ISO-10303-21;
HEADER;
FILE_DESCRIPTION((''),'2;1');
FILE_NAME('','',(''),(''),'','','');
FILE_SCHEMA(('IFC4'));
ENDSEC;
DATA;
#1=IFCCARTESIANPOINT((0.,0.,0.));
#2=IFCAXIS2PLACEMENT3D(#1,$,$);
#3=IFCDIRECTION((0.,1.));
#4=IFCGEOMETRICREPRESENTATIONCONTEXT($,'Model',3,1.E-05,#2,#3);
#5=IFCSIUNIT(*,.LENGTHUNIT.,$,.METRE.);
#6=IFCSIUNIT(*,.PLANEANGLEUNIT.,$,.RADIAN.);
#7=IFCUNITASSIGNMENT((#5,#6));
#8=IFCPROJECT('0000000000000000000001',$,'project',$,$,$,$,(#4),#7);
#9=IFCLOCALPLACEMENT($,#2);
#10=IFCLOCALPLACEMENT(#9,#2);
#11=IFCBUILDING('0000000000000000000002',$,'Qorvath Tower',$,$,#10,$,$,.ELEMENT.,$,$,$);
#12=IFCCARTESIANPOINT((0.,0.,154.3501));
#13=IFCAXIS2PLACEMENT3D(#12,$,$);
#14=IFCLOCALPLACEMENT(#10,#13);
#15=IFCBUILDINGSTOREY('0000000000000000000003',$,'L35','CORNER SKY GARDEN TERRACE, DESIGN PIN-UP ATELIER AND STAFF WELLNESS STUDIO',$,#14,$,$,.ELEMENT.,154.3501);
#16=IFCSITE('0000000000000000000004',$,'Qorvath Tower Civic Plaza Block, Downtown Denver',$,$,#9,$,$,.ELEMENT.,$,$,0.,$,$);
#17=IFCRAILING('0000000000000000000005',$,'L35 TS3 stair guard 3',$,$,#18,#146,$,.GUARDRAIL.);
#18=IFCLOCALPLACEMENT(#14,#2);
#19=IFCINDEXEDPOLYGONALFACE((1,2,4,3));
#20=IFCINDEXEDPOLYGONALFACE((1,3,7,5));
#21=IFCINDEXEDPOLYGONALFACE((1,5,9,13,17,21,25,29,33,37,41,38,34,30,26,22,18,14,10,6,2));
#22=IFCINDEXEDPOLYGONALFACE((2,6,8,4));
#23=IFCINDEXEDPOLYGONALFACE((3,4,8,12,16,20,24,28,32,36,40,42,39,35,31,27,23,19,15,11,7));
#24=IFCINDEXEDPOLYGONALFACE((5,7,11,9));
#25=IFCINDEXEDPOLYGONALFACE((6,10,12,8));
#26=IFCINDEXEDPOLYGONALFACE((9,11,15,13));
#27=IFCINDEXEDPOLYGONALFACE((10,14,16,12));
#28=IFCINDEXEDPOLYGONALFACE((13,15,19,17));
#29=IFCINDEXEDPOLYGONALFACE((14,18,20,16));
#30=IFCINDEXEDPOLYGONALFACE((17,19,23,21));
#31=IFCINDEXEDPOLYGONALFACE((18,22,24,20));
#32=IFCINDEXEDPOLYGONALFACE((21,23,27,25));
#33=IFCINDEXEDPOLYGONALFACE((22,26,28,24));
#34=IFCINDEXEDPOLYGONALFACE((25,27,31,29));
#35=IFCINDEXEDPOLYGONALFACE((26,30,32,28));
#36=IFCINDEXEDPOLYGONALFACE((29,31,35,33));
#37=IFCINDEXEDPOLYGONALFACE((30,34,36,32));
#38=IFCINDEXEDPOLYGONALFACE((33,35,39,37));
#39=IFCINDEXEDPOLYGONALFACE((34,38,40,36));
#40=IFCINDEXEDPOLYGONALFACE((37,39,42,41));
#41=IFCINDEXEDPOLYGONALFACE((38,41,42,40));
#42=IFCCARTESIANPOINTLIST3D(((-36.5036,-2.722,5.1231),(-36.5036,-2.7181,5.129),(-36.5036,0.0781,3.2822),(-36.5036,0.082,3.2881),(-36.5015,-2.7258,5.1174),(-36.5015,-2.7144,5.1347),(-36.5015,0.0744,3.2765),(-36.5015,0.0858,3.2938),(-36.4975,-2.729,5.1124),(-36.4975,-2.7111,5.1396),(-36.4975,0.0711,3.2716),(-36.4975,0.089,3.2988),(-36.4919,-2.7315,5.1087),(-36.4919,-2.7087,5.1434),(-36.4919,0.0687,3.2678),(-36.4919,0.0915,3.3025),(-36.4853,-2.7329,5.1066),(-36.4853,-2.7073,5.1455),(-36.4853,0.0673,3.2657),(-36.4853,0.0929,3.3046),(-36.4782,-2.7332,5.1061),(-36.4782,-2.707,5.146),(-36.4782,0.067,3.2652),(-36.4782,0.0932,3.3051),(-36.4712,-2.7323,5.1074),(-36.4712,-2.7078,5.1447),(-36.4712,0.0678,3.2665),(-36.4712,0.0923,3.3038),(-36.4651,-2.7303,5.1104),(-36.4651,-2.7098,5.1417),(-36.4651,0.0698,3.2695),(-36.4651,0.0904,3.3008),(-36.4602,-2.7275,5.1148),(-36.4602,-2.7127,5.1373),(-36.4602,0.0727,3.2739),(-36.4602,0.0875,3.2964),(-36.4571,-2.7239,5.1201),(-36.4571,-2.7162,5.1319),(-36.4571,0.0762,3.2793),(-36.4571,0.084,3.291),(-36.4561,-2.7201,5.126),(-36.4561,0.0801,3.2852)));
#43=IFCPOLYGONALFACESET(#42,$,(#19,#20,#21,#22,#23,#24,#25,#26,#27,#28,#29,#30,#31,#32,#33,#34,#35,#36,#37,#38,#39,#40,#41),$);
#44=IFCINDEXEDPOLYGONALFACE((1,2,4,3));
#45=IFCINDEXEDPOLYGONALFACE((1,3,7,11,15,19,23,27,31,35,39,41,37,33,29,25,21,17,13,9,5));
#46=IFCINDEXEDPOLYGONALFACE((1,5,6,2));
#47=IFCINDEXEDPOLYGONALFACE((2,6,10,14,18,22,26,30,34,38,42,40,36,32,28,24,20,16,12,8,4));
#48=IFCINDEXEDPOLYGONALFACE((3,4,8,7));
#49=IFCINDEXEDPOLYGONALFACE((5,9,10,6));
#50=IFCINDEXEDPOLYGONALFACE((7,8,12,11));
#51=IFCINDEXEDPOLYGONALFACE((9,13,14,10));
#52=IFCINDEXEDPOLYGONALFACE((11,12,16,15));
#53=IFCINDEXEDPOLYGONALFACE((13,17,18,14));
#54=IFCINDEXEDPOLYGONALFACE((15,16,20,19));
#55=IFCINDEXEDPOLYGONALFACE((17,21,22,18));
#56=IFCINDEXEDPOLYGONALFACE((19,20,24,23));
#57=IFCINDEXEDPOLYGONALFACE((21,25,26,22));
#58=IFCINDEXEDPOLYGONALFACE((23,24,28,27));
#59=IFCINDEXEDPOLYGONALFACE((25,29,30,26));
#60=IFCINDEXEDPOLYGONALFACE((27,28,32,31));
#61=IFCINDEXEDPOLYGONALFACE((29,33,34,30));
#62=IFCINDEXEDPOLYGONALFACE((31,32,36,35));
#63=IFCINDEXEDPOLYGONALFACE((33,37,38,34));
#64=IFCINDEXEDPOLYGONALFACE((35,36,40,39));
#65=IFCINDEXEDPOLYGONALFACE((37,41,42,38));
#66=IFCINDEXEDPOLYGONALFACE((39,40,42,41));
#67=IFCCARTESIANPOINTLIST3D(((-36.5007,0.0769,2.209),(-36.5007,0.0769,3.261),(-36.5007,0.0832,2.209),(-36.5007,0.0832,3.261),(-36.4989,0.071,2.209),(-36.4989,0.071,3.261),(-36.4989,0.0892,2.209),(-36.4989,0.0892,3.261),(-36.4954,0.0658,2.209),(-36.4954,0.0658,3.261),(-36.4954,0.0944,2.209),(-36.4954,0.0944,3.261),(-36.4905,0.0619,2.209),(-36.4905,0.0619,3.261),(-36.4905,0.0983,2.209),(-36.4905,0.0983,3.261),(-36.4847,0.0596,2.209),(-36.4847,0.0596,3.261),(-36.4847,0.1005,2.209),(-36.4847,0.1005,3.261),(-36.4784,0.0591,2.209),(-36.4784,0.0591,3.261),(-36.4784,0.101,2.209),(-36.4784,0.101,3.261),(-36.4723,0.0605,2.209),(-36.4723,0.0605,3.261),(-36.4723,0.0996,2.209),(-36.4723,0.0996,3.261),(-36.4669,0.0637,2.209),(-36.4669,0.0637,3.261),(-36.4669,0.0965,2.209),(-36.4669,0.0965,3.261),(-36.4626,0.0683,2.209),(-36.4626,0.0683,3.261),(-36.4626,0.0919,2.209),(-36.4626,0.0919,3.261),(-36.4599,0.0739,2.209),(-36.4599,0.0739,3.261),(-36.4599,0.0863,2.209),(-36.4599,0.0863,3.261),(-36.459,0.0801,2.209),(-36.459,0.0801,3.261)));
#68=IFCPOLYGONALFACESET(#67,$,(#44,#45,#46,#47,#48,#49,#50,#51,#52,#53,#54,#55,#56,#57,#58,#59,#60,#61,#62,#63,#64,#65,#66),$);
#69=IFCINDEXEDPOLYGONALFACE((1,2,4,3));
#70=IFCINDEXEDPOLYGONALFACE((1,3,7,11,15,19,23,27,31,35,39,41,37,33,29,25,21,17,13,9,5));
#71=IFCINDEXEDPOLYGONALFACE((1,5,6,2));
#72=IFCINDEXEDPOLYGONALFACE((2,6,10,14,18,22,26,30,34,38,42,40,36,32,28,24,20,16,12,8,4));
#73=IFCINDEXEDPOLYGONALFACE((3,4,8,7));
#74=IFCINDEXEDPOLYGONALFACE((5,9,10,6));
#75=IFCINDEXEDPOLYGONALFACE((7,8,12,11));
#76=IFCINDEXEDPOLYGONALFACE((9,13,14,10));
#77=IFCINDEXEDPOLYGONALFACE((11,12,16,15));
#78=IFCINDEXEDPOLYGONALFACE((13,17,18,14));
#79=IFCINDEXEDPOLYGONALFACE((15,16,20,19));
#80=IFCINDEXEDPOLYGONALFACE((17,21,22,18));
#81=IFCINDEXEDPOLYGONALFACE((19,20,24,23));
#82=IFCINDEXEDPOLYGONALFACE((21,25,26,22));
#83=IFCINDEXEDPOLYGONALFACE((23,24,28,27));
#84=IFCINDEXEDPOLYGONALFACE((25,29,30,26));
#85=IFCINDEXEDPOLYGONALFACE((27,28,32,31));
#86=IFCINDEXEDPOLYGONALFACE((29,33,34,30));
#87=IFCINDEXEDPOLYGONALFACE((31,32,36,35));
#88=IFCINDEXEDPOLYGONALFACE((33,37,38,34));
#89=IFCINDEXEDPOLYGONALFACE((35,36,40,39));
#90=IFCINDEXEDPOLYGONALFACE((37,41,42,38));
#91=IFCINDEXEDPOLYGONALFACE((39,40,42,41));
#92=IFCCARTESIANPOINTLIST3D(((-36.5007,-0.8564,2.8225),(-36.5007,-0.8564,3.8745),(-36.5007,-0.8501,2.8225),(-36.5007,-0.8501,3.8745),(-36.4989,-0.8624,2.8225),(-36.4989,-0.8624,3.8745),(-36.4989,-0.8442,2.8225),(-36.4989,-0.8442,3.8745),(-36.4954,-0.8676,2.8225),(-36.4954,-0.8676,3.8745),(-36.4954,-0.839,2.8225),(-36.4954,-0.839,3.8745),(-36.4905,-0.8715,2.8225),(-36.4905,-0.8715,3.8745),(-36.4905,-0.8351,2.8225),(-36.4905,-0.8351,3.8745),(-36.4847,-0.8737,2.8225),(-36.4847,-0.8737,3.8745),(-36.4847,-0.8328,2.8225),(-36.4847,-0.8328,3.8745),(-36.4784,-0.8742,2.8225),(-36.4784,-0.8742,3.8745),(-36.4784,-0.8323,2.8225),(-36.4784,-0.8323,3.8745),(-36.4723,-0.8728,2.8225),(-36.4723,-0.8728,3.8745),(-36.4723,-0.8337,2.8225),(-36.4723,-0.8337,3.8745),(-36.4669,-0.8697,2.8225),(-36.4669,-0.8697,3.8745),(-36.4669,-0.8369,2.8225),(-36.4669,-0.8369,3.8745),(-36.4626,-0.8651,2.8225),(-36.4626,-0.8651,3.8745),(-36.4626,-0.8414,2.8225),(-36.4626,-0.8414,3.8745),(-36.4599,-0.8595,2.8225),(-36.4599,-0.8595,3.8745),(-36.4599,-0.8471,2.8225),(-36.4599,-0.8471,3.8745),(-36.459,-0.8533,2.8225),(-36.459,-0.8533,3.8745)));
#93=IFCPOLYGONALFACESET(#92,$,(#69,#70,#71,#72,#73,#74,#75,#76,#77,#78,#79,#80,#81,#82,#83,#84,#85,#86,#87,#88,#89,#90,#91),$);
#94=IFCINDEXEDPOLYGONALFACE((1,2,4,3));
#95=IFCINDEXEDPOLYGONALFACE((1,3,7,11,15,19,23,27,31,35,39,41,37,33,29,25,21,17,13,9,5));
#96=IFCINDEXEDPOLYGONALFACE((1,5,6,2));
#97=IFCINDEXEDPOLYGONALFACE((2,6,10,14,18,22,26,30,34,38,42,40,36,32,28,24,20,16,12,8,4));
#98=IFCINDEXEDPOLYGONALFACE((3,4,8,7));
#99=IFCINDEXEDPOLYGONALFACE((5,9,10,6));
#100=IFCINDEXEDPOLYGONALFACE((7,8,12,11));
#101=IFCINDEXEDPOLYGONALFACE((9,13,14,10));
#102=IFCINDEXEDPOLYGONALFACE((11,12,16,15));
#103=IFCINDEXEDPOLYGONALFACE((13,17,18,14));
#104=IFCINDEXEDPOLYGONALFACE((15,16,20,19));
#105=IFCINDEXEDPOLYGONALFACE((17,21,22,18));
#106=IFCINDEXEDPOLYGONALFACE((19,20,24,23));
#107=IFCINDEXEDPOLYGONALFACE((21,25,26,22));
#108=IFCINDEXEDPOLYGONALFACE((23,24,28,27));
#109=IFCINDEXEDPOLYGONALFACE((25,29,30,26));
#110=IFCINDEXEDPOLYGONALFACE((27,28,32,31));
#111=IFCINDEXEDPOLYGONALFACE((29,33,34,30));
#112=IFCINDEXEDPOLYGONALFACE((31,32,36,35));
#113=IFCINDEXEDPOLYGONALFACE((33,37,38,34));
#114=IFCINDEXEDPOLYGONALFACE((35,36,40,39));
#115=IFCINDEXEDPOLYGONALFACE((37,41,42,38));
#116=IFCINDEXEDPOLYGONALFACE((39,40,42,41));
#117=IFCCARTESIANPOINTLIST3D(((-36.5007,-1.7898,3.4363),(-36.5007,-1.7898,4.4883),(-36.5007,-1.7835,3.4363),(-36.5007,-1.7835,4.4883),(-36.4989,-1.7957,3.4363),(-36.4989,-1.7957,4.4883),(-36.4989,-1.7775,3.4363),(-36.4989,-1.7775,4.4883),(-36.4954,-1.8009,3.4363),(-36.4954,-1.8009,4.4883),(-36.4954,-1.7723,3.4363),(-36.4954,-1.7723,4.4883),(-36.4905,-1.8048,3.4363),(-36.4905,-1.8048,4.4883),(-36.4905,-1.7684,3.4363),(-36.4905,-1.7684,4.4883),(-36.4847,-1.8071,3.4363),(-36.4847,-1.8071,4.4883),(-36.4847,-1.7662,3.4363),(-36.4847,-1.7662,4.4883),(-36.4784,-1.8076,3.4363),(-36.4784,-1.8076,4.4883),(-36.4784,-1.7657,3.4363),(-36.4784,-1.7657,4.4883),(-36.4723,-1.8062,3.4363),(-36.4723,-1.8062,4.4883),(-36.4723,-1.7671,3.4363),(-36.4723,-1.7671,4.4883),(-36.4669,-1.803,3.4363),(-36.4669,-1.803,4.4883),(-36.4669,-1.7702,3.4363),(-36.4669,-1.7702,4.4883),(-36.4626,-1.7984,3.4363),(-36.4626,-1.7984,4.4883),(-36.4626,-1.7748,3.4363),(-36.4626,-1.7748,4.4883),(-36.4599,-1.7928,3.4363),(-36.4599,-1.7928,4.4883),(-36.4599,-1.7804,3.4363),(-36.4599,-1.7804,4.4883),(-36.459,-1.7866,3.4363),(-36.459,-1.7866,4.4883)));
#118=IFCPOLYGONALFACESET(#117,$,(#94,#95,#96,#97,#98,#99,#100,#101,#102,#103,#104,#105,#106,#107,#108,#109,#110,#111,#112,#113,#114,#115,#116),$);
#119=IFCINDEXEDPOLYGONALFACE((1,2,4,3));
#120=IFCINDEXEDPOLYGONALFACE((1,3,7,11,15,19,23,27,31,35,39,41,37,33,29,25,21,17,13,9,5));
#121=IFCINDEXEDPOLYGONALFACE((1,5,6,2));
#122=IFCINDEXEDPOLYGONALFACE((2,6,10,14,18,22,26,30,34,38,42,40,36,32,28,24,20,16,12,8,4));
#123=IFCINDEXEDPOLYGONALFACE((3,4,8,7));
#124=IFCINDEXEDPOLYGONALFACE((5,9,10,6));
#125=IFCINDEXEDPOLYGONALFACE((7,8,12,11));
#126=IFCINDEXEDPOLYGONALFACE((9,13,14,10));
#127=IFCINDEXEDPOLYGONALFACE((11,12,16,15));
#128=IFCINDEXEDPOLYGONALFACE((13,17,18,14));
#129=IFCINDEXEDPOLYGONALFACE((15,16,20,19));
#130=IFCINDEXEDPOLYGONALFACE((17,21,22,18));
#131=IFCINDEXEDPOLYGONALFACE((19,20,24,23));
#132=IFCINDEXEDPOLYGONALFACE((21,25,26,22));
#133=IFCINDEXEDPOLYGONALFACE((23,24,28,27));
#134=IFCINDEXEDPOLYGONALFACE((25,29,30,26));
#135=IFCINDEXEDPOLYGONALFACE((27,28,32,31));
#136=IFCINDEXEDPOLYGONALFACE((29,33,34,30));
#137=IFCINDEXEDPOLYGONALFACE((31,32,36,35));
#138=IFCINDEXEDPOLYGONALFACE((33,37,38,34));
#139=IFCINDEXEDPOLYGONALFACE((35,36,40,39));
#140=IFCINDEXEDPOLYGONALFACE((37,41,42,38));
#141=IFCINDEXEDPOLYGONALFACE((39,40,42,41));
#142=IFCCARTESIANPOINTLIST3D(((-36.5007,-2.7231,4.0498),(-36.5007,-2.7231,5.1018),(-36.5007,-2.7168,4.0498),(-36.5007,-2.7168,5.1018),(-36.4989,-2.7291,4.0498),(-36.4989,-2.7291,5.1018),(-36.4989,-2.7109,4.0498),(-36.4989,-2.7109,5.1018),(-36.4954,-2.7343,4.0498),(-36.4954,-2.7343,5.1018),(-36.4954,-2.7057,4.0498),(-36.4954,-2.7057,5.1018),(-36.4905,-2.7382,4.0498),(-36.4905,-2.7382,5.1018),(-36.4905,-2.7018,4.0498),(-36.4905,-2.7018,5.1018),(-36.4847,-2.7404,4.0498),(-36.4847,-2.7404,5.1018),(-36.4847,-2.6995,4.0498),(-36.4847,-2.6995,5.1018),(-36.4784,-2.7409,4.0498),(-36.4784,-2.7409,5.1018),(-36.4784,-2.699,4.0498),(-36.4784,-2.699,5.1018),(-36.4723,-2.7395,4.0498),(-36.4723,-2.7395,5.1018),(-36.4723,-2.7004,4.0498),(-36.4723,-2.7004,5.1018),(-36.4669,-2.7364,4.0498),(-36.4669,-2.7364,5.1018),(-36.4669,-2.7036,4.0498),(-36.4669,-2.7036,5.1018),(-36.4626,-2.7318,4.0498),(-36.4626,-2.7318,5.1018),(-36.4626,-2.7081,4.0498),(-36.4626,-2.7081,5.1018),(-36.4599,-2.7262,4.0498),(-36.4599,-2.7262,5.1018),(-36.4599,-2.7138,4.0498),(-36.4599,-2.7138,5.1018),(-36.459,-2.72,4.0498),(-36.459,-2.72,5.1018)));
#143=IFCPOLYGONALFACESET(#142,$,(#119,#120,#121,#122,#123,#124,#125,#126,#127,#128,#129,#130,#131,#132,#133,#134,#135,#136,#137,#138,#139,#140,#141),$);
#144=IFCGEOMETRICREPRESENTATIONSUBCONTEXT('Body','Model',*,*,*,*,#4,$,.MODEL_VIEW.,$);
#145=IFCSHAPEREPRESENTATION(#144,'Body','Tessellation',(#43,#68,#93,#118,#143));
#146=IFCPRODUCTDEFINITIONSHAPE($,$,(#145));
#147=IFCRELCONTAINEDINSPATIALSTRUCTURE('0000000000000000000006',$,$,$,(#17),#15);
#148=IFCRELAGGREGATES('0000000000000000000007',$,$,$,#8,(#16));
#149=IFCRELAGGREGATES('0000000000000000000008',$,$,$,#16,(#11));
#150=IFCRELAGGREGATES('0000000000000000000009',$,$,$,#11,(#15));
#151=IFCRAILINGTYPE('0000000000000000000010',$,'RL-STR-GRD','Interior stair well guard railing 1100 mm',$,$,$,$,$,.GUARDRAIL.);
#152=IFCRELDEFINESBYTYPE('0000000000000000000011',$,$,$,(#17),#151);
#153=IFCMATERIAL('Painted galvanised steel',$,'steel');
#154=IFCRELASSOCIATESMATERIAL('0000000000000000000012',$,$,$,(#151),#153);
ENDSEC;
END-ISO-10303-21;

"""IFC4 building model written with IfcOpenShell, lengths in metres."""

from ifc_helpers import new_model, si_unit, direction, frame, origin, origin_2d, place, context, subcontext, project, spatial, circle, extrude, material, type_object, element, save


model = new_model("IFC4")

# Units and contexts
model_context = context("Model", 3, precision=1e-05, world=origin(), true_north=direction((0.0, 1.0)))
body_context = subcontext(model_context, "Body", "Model", "MODEL_VIEW")
ifc_project = project(units=[si_unit("LENGTHUNIT", "METRE"), si_unit("PLANEANGLEUNIT", "RADIAN")], contexts=[model_context])

# Site, building, storey
site_placement = place(None, origin())
site = spatial("IfcSite", under=ifc_project, at=site_placement, Name="Qorvath Tower Civic Plaza Block, Downtown Denver", CompositionType="ELEMENT", RefElevation=0.0)
building_placement = place(site_placement, origin())
building = spatial("IfcBuilding", under=site, at=building_placement, Name="Qorvath Tower", CompositionType="ELEMENT")
storey_placement = place(building_placement, frame((0.0, 0.0, 154.3501)))
storey = spatial("IfcBuildingStorey", under=building, at=storey_placement, Name="L35", Description="CORNER SKY GARDEN TERRACE, DESIGN PIN-UP ATELIER AND STAFF WELLNESS STUDIO", CompositionType="ELEMENT", Elevation=154.3501)

# Railing
ifc_material_1 = material(Name="Painted galvanised steel", Category="steel")
railing_type_1 = type_object("IfcRailingType", Name="RL-STR-GRD", Description="Interior stair well guard railing 1100 mm", PredefinedType="GUARDRAIL", material=ifc_material_1)
railing_1_placement = place(storey_placement, frame((-36.48, 0.0801, 2.209)))
element("IfcRailing", 1, at=railing_1_placement, inside=storey, type_object=railing_type_1, Name="L35 TS3 stair guard 3", PredefinedType="GUARDRAIL", context=body_context, shape_type="SweptSolid", body=[
    extrude(circle(Radius=0.0239, at=origin_2d()), frame((0.0, 0.0, 1.0762), z_axis=(0.0, -0.835598, 0.549342), x_axis=(1.0, 0.0, 0.0)), (0.0, 0.0, 1.0), 3.3511),
    extrude(circle(Radius=0.021, at=origin_2d()), origin(), (0.0, 0.0, 1.0), 1.052),
    extrude(circle(Radius=0.021, at=origin_2d()), frame((0.0, -0.9333, 0.6135)), (0.0, 0.0, 1.0), 1.052),
    extrude(circle(Radius=0.021, at=origin_2d()), frame((0.0, -1.8667, 1.2273)), (0.0, 0.0, 1.0), 1.052),
    extrude(circle(Radius=0.021, at=origin_2d()), frame((0.0, -2.8, 1.8408)), (0.0, 0.0, 1.0), 1.052),
])

save(model, "model.ifc")
